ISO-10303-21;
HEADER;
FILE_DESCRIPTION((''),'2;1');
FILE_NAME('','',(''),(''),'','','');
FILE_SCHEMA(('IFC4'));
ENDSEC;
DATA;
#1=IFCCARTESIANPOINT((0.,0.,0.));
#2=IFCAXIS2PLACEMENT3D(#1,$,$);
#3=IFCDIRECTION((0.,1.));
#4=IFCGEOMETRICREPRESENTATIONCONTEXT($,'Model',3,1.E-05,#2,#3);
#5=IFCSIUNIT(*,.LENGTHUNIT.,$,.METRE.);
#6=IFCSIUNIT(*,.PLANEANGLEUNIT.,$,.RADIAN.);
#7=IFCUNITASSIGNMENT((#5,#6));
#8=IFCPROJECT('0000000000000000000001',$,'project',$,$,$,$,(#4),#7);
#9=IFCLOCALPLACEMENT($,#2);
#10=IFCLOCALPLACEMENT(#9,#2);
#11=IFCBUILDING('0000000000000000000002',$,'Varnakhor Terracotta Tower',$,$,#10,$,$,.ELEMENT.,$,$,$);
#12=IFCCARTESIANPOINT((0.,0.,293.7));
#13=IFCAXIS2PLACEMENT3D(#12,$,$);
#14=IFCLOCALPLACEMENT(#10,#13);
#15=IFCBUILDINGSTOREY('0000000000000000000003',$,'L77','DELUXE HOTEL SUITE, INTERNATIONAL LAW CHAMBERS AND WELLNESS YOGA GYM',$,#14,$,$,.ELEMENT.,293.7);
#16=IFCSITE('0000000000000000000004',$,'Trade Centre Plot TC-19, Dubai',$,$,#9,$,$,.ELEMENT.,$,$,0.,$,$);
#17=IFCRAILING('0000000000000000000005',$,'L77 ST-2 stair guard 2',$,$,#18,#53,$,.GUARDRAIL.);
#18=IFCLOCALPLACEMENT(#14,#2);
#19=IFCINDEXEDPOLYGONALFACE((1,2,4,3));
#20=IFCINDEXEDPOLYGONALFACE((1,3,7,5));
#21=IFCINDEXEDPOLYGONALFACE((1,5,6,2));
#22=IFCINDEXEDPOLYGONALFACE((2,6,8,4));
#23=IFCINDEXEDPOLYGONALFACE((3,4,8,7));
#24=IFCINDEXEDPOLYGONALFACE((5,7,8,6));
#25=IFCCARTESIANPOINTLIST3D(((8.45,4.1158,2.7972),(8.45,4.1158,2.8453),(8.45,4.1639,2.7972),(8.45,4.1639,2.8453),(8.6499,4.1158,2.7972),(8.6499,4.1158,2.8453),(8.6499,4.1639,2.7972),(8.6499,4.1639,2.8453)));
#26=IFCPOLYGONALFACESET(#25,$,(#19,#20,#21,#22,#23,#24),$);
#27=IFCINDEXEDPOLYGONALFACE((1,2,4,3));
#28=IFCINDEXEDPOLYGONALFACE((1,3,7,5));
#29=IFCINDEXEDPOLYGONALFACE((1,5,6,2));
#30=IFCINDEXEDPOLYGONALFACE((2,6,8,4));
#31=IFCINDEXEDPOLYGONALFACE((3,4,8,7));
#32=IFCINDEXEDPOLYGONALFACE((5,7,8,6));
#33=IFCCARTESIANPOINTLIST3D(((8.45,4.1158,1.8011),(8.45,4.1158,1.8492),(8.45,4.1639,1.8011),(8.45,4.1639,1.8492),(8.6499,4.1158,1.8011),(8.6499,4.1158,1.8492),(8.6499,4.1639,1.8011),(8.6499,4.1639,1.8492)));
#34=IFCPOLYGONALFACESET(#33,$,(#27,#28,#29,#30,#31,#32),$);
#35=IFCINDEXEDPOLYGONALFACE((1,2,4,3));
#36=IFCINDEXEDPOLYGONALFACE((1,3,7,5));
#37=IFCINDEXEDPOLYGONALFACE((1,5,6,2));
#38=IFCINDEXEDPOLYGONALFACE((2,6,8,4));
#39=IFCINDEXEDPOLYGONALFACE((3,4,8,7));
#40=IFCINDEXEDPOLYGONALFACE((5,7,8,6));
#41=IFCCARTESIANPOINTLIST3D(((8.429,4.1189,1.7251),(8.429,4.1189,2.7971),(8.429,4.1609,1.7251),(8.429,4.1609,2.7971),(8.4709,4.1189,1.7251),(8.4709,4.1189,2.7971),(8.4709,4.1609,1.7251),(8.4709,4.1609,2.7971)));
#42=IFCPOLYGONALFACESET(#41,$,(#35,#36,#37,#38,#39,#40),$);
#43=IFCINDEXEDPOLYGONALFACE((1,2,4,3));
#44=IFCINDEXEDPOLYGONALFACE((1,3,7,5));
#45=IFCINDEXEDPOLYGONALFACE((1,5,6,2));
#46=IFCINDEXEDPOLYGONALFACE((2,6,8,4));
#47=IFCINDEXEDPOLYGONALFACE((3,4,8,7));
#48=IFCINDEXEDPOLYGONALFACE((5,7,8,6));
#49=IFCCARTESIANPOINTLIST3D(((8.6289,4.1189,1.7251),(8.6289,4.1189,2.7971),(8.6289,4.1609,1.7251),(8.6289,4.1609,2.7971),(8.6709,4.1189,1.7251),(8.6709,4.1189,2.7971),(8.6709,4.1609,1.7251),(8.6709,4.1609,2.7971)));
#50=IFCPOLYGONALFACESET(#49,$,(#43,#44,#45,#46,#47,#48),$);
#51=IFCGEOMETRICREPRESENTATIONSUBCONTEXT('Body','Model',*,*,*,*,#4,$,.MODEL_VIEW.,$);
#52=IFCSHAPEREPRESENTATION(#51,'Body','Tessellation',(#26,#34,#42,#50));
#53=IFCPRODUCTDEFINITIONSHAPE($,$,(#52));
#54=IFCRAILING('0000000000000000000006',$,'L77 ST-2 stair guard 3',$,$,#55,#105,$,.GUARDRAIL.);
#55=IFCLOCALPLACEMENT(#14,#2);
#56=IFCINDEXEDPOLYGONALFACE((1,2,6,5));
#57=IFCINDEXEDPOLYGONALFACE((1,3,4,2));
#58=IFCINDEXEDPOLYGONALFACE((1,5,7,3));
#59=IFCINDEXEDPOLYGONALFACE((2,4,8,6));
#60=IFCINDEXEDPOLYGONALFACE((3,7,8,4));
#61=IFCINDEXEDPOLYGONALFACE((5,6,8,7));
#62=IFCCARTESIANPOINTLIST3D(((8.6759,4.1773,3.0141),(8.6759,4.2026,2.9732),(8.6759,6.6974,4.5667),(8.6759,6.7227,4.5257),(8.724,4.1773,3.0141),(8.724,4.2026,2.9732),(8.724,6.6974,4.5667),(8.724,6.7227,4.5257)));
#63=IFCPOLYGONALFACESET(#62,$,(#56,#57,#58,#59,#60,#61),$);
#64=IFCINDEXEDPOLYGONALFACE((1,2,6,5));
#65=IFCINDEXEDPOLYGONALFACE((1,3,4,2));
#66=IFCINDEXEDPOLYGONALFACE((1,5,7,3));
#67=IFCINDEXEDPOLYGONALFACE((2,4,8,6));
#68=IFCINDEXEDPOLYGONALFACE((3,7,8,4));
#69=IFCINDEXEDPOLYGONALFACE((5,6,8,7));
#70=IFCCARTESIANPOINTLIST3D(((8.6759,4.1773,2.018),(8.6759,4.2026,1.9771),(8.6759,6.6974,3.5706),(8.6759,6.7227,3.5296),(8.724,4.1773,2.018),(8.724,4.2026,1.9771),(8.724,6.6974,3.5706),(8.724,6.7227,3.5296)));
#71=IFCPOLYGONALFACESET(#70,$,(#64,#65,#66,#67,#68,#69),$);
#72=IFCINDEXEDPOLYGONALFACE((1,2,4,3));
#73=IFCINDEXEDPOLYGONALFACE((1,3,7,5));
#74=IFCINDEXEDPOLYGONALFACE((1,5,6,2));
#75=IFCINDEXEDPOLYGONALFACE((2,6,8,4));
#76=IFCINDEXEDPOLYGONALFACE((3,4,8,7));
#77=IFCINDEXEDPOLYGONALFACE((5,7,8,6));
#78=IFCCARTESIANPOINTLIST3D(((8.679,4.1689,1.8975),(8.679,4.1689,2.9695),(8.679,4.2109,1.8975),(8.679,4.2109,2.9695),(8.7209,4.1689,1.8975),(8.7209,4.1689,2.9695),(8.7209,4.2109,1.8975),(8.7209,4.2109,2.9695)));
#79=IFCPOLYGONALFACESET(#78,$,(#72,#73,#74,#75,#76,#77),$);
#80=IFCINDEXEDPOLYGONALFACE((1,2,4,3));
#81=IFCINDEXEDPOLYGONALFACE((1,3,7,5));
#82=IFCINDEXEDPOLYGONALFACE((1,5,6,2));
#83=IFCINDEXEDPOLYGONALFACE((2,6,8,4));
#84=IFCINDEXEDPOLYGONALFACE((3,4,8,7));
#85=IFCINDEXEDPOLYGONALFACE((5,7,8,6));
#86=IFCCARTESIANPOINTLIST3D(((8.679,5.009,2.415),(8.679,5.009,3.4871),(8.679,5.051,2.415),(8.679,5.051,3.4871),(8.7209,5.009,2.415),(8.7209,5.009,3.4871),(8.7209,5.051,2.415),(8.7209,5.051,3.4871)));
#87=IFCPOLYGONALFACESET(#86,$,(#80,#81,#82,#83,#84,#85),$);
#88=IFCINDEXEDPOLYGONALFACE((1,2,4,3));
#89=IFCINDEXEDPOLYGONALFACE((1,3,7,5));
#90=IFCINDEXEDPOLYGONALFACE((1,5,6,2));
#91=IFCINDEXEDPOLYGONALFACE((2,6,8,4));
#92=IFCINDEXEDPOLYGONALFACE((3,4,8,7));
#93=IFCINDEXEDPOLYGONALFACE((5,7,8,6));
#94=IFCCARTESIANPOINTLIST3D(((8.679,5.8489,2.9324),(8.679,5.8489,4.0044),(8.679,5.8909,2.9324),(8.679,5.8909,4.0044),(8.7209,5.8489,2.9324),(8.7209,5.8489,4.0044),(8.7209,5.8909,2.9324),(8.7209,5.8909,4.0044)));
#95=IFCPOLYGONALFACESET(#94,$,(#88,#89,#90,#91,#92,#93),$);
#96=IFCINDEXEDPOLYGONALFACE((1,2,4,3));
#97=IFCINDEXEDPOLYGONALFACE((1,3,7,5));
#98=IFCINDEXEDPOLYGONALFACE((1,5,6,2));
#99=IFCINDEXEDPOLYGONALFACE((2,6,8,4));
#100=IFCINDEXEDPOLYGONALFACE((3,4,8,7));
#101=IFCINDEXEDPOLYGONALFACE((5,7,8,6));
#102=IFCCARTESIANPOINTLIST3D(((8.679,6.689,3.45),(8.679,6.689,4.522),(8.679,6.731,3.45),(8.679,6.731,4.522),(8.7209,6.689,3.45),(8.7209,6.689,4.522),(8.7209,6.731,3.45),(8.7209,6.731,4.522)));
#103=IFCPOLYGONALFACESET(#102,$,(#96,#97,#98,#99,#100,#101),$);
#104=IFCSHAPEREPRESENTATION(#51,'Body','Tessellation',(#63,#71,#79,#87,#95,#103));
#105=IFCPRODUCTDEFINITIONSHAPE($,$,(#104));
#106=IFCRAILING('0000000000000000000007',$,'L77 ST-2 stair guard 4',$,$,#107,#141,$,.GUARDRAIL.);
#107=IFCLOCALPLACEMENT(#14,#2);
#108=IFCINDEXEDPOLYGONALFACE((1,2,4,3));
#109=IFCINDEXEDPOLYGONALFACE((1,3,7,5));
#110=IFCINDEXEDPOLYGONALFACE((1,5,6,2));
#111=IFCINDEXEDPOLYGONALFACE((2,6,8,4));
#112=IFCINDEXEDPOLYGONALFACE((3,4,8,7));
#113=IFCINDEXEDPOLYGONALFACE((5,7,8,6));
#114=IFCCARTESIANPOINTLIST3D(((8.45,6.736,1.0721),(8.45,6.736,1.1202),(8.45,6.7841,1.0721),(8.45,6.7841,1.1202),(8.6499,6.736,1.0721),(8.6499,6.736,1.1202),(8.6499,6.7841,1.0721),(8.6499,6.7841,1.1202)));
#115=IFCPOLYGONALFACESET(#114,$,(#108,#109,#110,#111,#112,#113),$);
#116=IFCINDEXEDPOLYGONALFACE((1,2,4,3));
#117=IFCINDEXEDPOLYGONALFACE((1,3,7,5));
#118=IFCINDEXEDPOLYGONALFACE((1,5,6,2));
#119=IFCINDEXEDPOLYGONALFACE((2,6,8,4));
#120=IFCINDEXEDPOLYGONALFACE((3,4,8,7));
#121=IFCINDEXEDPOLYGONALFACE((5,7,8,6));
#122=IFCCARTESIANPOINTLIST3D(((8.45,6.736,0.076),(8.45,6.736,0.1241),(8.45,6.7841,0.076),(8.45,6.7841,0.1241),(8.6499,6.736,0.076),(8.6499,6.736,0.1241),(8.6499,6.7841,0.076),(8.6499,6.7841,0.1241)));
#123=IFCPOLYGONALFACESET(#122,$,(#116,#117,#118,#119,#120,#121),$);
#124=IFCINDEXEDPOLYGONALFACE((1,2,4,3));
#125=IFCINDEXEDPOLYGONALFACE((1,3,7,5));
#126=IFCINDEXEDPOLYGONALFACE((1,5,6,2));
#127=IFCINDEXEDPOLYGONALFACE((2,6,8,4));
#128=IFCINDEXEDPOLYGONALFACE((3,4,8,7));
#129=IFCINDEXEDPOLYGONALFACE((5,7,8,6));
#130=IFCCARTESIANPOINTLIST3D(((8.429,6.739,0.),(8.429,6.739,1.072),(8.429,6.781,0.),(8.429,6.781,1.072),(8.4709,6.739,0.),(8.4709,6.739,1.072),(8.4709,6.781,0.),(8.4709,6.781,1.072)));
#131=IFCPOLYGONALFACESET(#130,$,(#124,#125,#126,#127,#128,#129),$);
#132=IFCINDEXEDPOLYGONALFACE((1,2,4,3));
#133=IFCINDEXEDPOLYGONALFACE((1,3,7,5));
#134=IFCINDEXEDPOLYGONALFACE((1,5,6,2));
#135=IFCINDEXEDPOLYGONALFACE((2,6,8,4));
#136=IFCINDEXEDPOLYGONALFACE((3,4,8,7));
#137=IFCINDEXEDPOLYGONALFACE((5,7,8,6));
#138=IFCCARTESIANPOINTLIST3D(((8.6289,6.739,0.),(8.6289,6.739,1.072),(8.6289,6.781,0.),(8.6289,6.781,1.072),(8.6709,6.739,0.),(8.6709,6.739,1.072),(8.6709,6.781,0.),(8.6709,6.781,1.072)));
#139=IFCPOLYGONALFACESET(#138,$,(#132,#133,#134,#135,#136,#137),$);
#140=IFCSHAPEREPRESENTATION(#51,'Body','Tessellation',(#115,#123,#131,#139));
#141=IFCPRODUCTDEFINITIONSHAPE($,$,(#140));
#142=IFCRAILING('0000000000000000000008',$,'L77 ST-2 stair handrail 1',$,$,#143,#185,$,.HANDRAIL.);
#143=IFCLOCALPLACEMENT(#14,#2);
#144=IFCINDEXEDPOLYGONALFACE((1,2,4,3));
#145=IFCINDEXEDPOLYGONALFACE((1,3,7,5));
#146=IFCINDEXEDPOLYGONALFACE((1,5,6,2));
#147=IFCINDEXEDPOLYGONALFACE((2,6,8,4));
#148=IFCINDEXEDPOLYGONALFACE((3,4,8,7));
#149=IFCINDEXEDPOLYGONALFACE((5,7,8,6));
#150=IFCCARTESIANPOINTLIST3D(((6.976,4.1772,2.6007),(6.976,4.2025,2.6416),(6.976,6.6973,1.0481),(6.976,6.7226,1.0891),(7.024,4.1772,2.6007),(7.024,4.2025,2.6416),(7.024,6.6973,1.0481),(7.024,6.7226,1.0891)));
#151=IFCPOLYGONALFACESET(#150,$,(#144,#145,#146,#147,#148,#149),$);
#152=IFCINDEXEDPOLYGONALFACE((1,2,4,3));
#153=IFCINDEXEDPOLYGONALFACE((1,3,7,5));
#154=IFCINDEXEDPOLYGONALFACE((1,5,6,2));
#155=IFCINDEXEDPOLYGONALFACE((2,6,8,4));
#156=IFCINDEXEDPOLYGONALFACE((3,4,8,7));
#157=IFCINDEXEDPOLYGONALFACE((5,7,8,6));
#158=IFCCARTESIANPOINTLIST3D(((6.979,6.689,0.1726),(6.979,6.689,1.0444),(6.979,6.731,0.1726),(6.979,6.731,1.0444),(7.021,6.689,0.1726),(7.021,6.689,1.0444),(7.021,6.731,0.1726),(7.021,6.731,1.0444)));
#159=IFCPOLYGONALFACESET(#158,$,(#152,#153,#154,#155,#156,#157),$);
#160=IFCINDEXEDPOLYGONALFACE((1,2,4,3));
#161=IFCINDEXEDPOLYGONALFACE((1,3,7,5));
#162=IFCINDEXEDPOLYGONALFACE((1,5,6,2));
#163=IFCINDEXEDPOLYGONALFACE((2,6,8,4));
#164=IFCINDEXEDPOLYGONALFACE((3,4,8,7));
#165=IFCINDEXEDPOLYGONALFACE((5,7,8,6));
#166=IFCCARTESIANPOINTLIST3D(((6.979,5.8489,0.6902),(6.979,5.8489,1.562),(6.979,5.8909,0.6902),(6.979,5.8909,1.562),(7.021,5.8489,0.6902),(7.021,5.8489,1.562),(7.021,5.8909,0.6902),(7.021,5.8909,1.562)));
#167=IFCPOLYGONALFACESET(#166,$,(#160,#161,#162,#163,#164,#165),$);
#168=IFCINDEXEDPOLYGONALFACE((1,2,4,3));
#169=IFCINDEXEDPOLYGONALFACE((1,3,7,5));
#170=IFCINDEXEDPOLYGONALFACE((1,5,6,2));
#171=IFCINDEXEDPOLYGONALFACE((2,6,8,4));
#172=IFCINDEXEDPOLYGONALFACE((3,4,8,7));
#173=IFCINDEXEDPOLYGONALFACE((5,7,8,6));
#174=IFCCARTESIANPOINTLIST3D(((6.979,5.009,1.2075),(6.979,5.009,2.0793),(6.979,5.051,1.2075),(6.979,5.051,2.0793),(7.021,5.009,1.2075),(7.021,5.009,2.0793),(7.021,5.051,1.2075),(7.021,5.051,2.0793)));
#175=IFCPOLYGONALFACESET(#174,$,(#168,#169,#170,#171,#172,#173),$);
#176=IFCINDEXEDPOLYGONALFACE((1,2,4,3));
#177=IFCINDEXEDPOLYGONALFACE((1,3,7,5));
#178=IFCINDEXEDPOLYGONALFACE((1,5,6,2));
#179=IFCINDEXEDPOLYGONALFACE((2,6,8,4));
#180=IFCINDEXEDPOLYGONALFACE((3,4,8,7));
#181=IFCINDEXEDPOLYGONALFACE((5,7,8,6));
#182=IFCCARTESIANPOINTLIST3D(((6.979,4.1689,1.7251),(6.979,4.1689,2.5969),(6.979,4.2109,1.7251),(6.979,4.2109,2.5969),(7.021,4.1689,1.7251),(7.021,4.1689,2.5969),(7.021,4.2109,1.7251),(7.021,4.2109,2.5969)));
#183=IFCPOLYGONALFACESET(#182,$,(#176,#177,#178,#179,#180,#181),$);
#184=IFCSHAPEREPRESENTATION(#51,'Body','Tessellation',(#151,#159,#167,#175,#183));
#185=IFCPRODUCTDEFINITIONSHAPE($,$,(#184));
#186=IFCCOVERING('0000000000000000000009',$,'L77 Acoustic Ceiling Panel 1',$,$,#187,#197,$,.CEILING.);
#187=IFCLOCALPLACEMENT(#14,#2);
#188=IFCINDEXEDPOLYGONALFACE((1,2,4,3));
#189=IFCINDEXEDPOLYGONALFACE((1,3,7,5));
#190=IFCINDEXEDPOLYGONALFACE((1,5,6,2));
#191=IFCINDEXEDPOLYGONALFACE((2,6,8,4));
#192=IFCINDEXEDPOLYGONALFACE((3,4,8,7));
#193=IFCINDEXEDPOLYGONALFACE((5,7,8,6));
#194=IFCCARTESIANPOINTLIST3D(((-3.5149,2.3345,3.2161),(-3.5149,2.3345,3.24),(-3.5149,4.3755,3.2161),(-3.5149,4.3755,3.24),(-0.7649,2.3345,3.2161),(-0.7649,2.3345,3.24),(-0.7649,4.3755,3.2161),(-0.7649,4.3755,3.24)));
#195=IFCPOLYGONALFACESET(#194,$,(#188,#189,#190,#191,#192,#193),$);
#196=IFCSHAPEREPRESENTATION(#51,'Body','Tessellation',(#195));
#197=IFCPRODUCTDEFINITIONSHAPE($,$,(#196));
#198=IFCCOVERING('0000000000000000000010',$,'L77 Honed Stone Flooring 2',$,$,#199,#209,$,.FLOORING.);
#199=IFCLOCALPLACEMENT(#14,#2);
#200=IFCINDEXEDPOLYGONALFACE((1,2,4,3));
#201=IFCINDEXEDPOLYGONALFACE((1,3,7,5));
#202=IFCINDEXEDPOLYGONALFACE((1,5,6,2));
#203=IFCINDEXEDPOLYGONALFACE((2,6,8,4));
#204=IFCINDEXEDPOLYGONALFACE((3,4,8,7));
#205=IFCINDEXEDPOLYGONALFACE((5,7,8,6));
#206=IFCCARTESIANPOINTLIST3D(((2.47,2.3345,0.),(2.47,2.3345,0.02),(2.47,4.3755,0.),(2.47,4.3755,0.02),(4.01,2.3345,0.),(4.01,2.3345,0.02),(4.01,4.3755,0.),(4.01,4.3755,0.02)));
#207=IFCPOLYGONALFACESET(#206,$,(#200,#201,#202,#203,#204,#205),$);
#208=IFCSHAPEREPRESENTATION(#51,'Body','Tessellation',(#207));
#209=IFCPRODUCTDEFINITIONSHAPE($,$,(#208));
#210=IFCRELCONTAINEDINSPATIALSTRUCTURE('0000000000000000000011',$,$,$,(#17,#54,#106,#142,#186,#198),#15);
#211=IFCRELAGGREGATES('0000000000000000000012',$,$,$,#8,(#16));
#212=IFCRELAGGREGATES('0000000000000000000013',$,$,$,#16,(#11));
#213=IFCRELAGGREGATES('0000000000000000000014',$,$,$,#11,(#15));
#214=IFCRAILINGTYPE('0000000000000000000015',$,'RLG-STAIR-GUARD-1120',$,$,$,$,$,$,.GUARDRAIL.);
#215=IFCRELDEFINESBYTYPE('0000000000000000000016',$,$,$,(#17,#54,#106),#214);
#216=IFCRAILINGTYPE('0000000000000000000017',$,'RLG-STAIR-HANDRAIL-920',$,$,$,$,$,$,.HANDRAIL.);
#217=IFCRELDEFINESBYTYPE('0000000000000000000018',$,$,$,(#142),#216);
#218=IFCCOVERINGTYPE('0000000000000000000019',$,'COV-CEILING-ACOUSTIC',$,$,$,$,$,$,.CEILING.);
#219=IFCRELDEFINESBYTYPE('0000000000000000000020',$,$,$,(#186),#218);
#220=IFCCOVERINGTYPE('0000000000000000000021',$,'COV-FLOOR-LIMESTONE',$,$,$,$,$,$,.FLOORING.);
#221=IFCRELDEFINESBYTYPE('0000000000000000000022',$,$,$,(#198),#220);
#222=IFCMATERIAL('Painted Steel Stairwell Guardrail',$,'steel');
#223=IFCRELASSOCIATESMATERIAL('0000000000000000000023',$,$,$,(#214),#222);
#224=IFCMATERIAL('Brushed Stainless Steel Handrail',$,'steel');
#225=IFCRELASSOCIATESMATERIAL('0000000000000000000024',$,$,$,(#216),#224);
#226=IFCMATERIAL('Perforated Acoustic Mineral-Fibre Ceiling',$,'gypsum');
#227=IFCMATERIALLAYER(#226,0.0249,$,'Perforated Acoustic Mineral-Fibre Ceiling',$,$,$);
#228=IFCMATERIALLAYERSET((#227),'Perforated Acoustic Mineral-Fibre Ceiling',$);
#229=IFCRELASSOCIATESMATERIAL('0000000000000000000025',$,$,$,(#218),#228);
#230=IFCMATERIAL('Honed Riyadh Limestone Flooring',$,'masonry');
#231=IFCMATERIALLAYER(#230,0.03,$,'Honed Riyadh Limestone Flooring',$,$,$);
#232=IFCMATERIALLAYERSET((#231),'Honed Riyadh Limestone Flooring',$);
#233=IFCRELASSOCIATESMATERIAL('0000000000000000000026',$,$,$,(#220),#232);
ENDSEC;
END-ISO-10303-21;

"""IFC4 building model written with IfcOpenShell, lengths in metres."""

from ifc_helpers import new_model, si_unit, direction, frame, origin, origin_2d, place, context, subcontext, project, spatial, rectangle, extrude, source, transform, mapped, material, layer, layer_set, type_object, element, save


model = new_model("IFC4")

# Units and contexts
model_context = context("Model", 3, precision=1e-05, world=origin(), true_north=direction((0.0, 1.0)))
body_context = subcontext(model_context, "Body", "Model", "MODEL_VIEW")
ifc_project = project(units=[si_unit("LENGTHUNIT", "METRE"), si_unit("PLANEANGLEUNIT", "RADIAN")], contexts=[model_context])

# Site, building, storey
site_placement = place(None, origin())
site = spatial("IfcSite", under=ifc_project, at=site_placement, Name="Trade Centre Plot TC-19, Dubai", CompositionType="ELEMENT", RefElevation=0.0)
building_placement = place(site_placement, origin())
building = spatial("IfcBuilding", under=site, at=building_placement, Name="Varnakhor Terracotta Tower", CompositionType="ELEMENT")
storey_placement = place(building_placement, frame((0.0, 0.0, 293.7)))
storey = spatial("IfcBuildingStorey", under=building, at=storey_placement, Name="L77", Description="DELUXE HOTEL SUITE, INTERNATIONAL LAW CHAMBERS AND WELLNESS YOGA GYM", CompositionType="ELEMENT", Elevation=293.7)

# Railings
ifc_material_1 = material(Name="Painted Steel Stairwell Guardrail", Category="steel")
railing_type_1 = type_object("IfcRailingType", Name="RLG-STAIR-GUARD-1120", PredefinedType="GUARDRAIL", material=ifc_material_1)
railing_1_placement = place(storey_placement, frame((8.45, 4.1399, 1.7251)))
element("IfcRailing", 1, at=railing_1_placement, inside=storey, type_object=railing_type_1, Name="L77 ST-2 stair guard 2", PredefinedType="GUARDRAIL", context=body_context, shape_type="SweptSolid", body=[
    extrude(rectangle(XDim=0.0481, YDim=0.0481, at=origin_2d()), frame((0.0, 0.0, 1.0962), z_axis=(1.0, 0.0, 0.0), x_axis=(0.0, 1.0, 0.0)), (0.0, 0.0, 1.0), 0.2),
    extrude(rectangle(XDim=0.0481, YDim=0.0481, at=origin_2d()), frame((0.0, 0.0, 0.1001), z_axis=(1.0, 0.0, 0.0), x_axis=(0.0, 1.0, 0.0)), (0.0, 0.0, 1.0), 0.2),
    extrude(rectangle(XDim=0.042, YDim=0.042, at=origin_2d()), origin(), (0.0, 0.0, 1.0), 1.072),
    extrude(rectangle(XDim=0.042, YDim=0.042, at=origin_2d()), frame((0.2, 0.0, 0.0)), (0.0, 0.0, 1.0), 1.072),
])
railing_2_placement = place(storey_placement, frame((8.7, 4.1899, 1.8975)))
element("IfcRailing", 2, at=railing_2_placement, inside=storey, type_object=railing_type_1, Name="L77 ST-2 stair guard 3", PredefinedType="GUARDRAIL", context=body_context, shape_type="SweptSolid", body=[
    extrude(rectangle(XDim=0.0481, YDim=0.0481, at=origin_2d()), frame((0.0, 0.0, 1.0962), z_axis=(0.0, 0.8514, 0.524516), x_axis=(-1.0, 0.0, 0.0)), (0.0, 0.0, 1.0), 2.96),
    extrude(rectangle(XDim=0.0481, YDim=0.0481, at=origin_2d()), frame((0.0, 0.0, 0.1001), z_axis=(0.0, 0.8514, 0.524516), x_axis=(-1.0, 0.0, 0.0)), (0.0, 0.0, 1.0), 2.96),
    extrude(rectangle(XDim=0.042, YDim=0.042, at=origin_2d()), origin(), (0.0, 0.0, 1.0), 1.072),
    extrude(rectangle(XDim=0.042, YDim=0.042, at=origin_2d()), frame((0.0, 0.8401, 0.5176)), (0.0, 0.0, 1.0), 1.072),
    extrude(rectangle(XDim=0.042, YDim=0.042, at=origin_2d()), frame((0.0, 1.6799, 1.0349)), (0.0, 0.0, 1.0), 1.072),
    extrude(rectangle(XDim=0.042, YDim=0.042, at=origin_2d()), frame((0.0, 2.52, 1.5525)), (0.0, 0.0, 1.0), 1.072),
])
railing_3_placement = place(storey_placement, frame((8.45, 6.76, 0.0)))
element("IfcRailing", 3, at=railing_3_placement, inside=storey, type_object=railing_type_1, Name="L77 ST-2 stair guard 4", PredefinedType="GUARDRAIL", context=body_context, shape_type="SweptSolid", body=[
    extrude(rectangle(XDim=0.0481, YDim=0.0481, at=origin_2d()), frame((0.0, 0.0, 1.0962), z_axis=(1.0, 0.0, 0.0), x_axis=(0.0, 1.0, 0.0)), (0.0, 0.0, 1.0), 0.2),
    extrude(rectangle(XDim=0.0481, YDim=0.0481, at=origin_2d()), frame((0.0, 0.0, 0.1001), z_axis=(1.0, 0.0, 0.0), x_axis=(0.0, 1.0, 0.0)), (0.0, 0.0, 1.0), 0.2),
    extrude(rectangle(XDim=0.042, YDim=0.042, at=origin_2d()), origin(), (0.0, 0.0, 1.0), 1.072),
    extrude(rectangle(XDim=0.042, YDim=0.042, at=origin_2d()), frame((0.2, 0.0, 0.0)), (0.0, 0.0, 1.0), 1.072),
])
ifc_material_2 = material(Name="Brushed Stainless Steel Handrail", Category="steel")
railing_type_2 = type_object("IfcRailingType", Name="RLG-STAIR-HANDRAIL-920", PredefinedType="HANDRAIL", material=ifc_material_2)
railing_4_placement = place(storey_placement, frame((7.0, 6.71, 0.1726)))
element("IfcRailing", 4, at=railing_4_placement, inside=storey, type_object=railing_type_2, Name="L77 ST-2 stair handrail 1", PredefinedType="HANDRAIL", context=body_context, shape_type="SweptSolid", body=[
    extrude(rectangle(XDim=0.0481, YDim=0.0481, at=origin_2d()), frame((0.0, 0.0, 0.896), z_axis=(0.0, -0.8514, 0.524516), x_axis=(1.0, 0.0, 0.0)), (0.0, 0.0, 1.0), 2.96),
    extrude(rectangle(XDim=0.042, YDim=0.042, at=origin_2d()), origin(), (0.0, 0.0, 1.0), 0.8718),
    extrude(rectangle(XDim=0.042, YDim=0.042, at=origin_2d()), frame((0.0, -0.8401, 0.5176)), (0.0, 0.0, 1.0), 0.8718),
    extrude(rectangle(XDim=0.042, YDim=0.042, at=origin_2d()), frame((0.0, -1.6799, 1.0349)), (0.0, 0.0, 1.0), 0.8718),
    extrude(rectangle(XDim=0.042, YDim=0.042, at=origin_2d()), frame((0.0, -2.52, 1.5525)), (0.0, 0.0, 1.0), 0.8718),
])

# Coverings
ifc_material_3 = material(Name="Perforated Acoustic Mineral-Fibre Ceiling", Category="gypsum")
ifc_layer_1 = layer(ifc_material_3, 0.0249, Name="Perforated Acoustic Mineral-Fibre Ceiling")
ifc_layer_set_1 = layer_set([ifc_layer_1], Name="Perforated Acoustic Mineral-Fibre Ceiling")
covering_type_1 = type_object("IfcCoveringType", Name="COV-CEILING-ACOUSTIC", PredefinedType="CEILING", material=ifc_layer_set_1)
shared_shape_1 = source(origin(), body_context, "Body", "SweptSolid", [
    extrude(rectangle(XDim=2.75, YDim=2.041, at=origin_2d()), origin(), (0.0, 0.0, 1.0), 0.0239),
])
covering_1_placement = place(storey_placement, frame((-2.1399, 3.355, 3.2161), z_axis=(0.0, 0.0, 1.0), x_axis=(1.0, 0.0, 0.0)))
element("IfcCovering", 5, at=covering_1_placement, inside=storey, type_object=covering_type_1, Name="L77 Acoustic Ceiling Panel 1", PredefinedType="CEILING", context=body_context, shape_type="MappedRepresentation", body=[
    mapped(shared_shape_1, transform((0.0, 0.0, 0.0), scale=1.0)),
])
ifc_material_4 = material(Name="Honed Riyadh Limestone Flooring", Category="masonry")
ifc_layer_2 = layer(ifc_material_4, 0.03, Name="Honed Riyadh Limestone Flooring")
ifc_layer_set_2 = layer_set([ifc_layer_2], Name="Honed Riyadh Limestone Flooring")
covering_type_2 = type_object("IfcCoveringType", Name="COV-FLOOR-LIMESTONE", PredefinedType="FLOORING", material=ifc_layer_set_2)
shared_shape_2 = source(origin(), body_context, "Body", "SweptSolid", [
    extrude(rectangle(XDim=1.54, YDim=2.041, at=origin_2d()), origin(), (0.0, 0.0, 1.0), 0.02),
])
covering_2_placement = place(storey_placement, frame((3.24, 3.355, 0.0), z_axis=(0.0, 0.0, 1.0), x_axis=(1.0, 0.0, 0.0)))
element("IfcCovering", 6, at=covering_2_placement, inside=storey, type_object=covering_type_2, Name="L77 Honed Stone Flooring 2", PredefinedType="FLOORING", context=body_context, shape_type="MappedRepresentation", body=[
    mapped(shared_shape_2, transform((0.0, 0.0, 0.0), scale=1.0)),
])

save(model, "model.ifc")
